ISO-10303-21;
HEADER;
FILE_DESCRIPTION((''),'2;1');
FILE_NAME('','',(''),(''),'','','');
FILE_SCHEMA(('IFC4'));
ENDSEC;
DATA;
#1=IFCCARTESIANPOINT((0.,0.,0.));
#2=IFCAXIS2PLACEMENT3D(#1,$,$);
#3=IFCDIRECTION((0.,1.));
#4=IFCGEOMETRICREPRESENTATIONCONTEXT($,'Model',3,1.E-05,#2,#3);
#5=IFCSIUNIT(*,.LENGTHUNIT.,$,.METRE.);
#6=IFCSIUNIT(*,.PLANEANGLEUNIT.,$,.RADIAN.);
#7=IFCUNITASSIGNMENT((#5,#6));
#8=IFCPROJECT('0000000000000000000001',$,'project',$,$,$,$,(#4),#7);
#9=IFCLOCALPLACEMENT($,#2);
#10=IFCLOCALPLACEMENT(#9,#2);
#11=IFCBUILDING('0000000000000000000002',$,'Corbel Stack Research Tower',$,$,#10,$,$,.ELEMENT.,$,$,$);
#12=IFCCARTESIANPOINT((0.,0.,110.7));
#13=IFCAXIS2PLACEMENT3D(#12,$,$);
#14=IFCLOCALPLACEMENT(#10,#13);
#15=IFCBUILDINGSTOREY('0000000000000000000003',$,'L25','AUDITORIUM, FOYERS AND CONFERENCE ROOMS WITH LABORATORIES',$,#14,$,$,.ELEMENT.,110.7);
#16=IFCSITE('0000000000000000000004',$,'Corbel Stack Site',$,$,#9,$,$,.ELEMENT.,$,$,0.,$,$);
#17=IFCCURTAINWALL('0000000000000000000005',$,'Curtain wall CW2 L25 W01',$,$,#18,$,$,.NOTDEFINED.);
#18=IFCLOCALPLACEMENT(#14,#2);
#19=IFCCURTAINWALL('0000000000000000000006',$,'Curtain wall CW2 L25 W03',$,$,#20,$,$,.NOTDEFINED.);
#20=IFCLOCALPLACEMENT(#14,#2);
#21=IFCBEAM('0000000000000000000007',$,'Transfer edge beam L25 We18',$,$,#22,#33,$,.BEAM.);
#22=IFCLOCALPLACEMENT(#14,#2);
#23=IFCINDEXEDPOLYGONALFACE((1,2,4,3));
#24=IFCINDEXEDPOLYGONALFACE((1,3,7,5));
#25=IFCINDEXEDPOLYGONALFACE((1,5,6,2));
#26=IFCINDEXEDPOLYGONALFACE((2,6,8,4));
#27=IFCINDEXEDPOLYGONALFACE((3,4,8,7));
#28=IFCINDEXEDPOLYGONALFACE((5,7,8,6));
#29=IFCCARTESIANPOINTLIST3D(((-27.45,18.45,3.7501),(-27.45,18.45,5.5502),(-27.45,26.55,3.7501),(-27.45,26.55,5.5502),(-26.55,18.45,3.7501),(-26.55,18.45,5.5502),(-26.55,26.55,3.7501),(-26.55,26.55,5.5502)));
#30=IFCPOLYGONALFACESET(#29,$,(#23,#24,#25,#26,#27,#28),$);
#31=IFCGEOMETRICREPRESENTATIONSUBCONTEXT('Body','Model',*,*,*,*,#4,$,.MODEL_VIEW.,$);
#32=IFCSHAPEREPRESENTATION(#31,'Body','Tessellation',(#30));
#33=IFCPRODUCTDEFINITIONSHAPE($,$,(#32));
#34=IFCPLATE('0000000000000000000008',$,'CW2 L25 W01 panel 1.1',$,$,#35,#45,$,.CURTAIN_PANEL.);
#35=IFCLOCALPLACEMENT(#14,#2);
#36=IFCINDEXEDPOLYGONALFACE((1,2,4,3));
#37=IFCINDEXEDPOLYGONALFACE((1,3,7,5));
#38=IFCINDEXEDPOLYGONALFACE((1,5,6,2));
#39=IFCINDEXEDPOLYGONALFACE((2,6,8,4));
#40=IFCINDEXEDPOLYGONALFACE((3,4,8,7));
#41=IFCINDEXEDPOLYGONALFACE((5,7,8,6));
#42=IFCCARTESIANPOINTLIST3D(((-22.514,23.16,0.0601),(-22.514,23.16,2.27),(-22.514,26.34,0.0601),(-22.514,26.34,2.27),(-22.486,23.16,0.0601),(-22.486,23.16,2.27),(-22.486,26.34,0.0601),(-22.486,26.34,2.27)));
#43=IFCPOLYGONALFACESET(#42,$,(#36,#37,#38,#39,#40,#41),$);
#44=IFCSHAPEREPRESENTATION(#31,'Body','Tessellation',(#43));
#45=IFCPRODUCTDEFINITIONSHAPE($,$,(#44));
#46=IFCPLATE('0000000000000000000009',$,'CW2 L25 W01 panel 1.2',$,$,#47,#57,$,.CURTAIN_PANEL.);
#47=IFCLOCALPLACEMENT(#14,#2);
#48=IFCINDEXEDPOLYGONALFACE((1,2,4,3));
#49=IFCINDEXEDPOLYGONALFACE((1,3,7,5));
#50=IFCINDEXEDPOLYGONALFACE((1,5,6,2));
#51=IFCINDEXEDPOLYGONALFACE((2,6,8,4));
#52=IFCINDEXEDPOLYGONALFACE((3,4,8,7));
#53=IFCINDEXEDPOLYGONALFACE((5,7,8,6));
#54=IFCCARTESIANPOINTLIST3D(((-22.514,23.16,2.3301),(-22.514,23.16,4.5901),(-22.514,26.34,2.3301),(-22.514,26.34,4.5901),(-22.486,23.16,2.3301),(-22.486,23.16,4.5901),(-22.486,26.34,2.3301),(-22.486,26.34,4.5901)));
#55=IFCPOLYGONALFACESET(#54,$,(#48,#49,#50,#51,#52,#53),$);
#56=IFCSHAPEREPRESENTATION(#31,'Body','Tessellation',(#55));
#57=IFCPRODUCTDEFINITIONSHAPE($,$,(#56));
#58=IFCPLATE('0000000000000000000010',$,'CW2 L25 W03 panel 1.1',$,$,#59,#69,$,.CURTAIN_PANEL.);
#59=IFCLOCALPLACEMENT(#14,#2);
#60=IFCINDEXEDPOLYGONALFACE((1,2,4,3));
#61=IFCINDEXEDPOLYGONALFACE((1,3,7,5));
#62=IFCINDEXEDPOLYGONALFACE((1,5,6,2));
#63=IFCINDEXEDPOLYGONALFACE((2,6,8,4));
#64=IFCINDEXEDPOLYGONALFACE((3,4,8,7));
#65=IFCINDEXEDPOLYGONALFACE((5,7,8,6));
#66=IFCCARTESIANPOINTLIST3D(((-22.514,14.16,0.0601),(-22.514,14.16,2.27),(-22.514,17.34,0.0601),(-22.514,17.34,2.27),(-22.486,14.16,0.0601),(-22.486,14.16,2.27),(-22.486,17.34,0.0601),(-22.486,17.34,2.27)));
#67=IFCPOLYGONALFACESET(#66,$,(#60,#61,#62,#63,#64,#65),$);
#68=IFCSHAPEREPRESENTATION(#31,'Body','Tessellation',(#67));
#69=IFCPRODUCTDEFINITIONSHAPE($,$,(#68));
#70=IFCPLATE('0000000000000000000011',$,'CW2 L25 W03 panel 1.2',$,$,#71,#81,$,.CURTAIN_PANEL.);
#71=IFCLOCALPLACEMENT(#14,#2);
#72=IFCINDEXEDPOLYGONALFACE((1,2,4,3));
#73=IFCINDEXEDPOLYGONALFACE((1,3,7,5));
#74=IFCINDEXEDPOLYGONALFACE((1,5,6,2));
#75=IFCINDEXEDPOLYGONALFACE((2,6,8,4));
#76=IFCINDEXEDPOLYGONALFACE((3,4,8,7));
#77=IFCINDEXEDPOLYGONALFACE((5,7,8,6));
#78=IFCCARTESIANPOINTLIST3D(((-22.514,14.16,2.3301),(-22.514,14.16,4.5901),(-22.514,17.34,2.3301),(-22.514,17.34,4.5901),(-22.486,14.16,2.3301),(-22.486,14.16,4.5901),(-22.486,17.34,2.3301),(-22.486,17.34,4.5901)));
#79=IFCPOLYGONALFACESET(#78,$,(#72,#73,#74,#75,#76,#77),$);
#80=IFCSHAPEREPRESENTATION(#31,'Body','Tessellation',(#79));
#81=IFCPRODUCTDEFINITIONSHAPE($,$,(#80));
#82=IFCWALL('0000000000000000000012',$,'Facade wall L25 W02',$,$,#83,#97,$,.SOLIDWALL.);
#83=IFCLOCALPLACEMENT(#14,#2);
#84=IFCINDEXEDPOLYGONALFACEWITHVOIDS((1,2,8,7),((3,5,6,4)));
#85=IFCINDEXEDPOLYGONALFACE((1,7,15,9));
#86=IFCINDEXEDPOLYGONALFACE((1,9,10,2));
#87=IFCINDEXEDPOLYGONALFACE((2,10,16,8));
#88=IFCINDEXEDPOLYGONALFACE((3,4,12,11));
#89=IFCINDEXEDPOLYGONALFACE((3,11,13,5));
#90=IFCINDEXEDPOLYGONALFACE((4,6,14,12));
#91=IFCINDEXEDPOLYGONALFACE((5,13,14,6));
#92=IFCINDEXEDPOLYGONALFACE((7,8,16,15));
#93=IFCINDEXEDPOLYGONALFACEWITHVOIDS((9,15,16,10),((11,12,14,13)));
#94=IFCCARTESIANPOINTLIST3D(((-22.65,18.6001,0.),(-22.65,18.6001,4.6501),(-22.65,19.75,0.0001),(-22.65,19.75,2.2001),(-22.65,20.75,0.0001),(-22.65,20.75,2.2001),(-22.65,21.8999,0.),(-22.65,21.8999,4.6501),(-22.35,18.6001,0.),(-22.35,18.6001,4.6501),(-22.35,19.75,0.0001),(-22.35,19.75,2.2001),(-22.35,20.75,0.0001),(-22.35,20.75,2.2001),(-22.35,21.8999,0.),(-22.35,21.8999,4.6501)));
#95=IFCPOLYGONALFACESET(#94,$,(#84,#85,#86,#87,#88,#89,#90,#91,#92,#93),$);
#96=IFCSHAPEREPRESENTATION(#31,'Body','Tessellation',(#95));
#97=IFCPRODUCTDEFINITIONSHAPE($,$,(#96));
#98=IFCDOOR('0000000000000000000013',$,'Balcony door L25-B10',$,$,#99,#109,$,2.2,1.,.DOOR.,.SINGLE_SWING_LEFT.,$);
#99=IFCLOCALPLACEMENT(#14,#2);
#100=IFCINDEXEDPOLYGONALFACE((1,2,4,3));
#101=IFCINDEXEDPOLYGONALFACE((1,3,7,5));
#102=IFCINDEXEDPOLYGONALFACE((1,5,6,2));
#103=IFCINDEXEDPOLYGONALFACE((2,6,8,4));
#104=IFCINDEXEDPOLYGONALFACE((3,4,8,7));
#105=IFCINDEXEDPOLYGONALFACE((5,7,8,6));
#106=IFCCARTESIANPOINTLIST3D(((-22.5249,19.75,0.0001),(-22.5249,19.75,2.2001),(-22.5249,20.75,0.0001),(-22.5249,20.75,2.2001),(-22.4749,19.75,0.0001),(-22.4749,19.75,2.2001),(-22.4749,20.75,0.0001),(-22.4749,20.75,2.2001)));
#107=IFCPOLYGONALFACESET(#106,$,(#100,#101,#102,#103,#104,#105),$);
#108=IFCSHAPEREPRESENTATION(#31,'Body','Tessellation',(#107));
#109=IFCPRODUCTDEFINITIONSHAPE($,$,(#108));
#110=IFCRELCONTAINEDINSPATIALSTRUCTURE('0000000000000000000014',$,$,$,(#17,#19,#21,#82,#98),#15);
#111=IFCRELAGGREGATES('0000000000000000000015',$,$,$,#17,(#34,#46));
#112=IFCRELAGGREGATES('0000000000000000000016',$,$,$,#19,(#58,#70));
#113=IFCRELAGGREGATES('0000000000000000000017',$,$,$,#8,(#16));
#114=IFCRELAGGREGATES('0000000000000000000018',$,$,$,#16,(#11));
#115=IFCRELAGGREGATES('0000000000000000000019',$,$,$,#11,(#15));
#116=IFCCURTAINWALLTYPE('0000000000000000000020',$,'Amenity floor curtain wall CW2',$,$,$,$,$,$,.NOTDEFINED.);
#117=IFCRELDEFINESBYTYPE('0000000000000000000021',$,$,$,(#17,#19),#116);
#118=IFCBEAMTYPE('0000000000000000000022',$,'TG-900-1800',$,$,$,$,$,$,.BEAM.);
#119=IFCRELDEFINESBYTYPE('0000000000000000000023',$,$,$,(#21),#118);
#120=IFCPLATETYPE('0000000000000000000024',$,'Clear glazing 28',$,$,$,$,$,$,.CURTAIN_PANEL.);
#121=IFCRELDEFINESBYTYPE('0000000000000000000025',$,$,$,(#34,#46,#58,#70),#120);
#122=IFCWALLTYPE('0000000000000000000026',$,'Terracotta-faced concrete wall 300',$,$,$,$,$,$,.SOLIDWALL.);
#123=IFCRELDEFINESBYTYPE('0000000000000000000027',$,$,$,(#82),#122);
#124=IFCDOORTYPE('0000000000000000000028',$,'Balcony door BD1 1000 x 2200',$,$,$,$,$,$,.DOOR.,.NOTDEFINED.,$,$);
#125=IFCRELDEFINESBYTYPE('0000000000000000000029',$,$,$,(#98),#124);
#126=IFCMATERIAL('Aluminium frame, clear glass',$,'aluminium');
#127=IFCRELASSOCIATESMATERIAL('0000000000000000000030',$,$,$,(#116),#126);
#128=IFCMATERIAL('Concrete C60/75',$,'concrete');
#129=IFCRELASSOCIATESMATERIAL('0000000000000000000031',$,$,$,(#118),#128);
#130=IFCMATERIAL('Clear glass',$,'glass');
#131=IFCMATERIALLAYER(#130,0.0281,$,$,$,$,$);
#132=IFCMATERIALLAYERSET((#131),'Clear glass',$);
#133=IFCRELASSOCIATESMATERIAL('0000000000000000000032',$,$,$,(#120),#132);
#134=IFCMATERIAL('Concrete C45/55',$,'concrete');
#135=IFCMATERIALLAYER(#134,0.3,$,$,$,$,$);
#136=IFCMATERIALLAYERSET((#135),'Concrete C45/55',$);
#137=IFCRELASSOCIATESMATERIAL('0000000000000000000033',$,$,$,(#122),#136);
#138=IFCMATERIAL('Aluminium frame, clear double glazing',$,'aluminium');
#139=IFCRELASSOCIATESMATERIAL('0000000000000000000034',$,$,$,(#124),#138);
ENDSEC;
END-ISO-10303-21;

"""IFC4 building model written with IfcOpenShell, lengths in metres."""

from ifc_helpers import new_model, si_unit, direction, frame, frame_2d, origin, origin_2d, place, context, subcontext, project, spatial, rectangle, extrude, material, layer, layer_set, material_profile, profile_set, type_object, element, fill, aggregate, save


model = new_model("IFC4")

# Units and contexts
model_context = context("Model", 3, precision=1e-05, world=origin(), true_north=direction((0.0, 1.0)))
body_context = subcontext(model_context, "Body", "Model", "MODEL_VIEW")
ifc_project = project(units=[si_unit("LENGTHUNIT", "METRE"), si_unit("PLANEANGLEUNIT", "RADIAN")], contexts=[model_context])

# Site, building, storey
site_placement = place(None, origin())
site = spatial("IfcSite", under=ifc_project, at=site_placement, Name="Corbel Stack Site", CompositionType="ELEMENT", RefElevation=0.0)
building_placement = place(site_placement, origin())
building = spatial("IfcBuilding", under=site, at=building_placement, Name="Corbel Stack Research Tower", CompositionType="ELEMENT")
storey_placement = place(building_placement, frame((0.0, 0.0, 110.7)))
storey = spatial("IfcBuildingStorey", under=building, at=storey_placement, Name="L25", Description="AUDITORIUM, FOYERS AND CONFERENCE ROOMS WITH LABORATORIES", CompositionType="ELEMENT", Elevation=110.7)

# Curtain wall
ifc_material_1 = material(Name="Aluminium frame, clear glass", Category="aluminium")
curtain_wall_type = type_object("IfcCurtainWallType", Name="Amenity floor curtain wall CW2", PredefinedType="NOTDEFINED", material=ifc_material_1)
curtain_wall_1_placement = place(storey_placement, origin())
curtain_wall_1 = element("IfcCurtainWall", 1, at=curtain_wall_1_placement, inside=storey, type_object=curtain_wall_type, Name="Curtain wall CW2 L25 W01", PredefinedType="NOTDEFINED")

# Curtain wall
curtain_wall_2_placement = place(storey_placement, origin())
curtain_wall_2 = element("IfcCurtainWall", 2, at=curtain_wall_2_placement, inside=storey, type_object=curtain_wall_type, Name="Curtain wall CW2 L25 W03", PredefinedType="NOTDEFINED")

# Beam
ifc_material_2 = material(Name="Concrete C60/75", Category="concrete")
ifc_material_profile_1 = material_profile(ifc_material_2, rectangle(XDim=0.8999, YDim=1.8, at=origin_2d()), Name="RC 900 x 1800")
ifc_profile_set_1 = profile_set([ifc_material_profile_1], Name="Concrete C60/75")
beam_type_1 = type_object("IfcBeamType", Name="TG-900-1800", PredefinedType="BEAM", material=ifc_profile_set_1)
beam_1_placement = place(storey_placement, frame((-27.0, 18.45, 4.6501), z_axis=(0.0, 1.0, 0.0), x_axis=(-1.0, 0.0, 0.0)))
element("IfcBeam", 3, at=beam_1_placement, inside=storey, type_object=beam_type_1, Name="Transfer edge beam L25 We18", PredefinedType="BEAM", context=body_context, shape_type="SweptSolid", body=[
    extrude(rectangle(XDim=0.8999, YDim=1.8, at=origin_2d()), origin(), (0.0, 0.0, 1.0), 8.1001),
])

# Plates
ifc_material_3 = material(Name="Clear glass", Category="glass")
ifc_layer_1 = layer(ifc_material_3, 0.0281)
ifc_layer_set_1 = layer_set([ifc_layer_1], Name="Clear glass")
plate_type = type_object("IfcPlateType", Name="Clear glazing 28", PredefinedType="CURTAIN_PANEL", material=ifc_layer_set_1)
plate_1_placement = place(storey_placement, frame((-22.5, 24.75, 0.0601), z_axis=(0.0, 0.0, 1.0), x_axis=(0.0, -1.0, 0.0)))
plate_1 = element("IfcPlate", 4, at=plate_1_placement, type_object=plate_type, Name="CW2 L25 W01 panel 1.1", PredefinedType="CURTAIN_PANEL", context=body_context, shape_type="SweptSolid", body=[
    extrude(rectangle(XDim=3.1799, YDim=0.0281, at=origin_2d()), origin(), (0.0, 0.0, 1.0), 2.21),
])
plate_2_placement = place(storey_placement, frame((-22.5, 24.75, 2.3301), z_axis=(0.0, 0.0, 1.0), x_axis=(0.0, -1.0, 0.0)))
plate_2 = element("IfcPlate", 5, at=plate_2_placement, type_object=plate_type, Name="CW2 L25 W01 panel 1.2", PredefinedType="CURTAIN_PANEL", context=body_context, shape_type="SweptSolid", body=[
    extrude(rectangle(XDim=3.1799, YDim=0.0281, at=origin_2d()), origin(), (0.0, 0.0, 1.0), 2.26),
])
aggregate(curtain_wall_1, [plate_1, plate_2])
plate_3_placement = place(storey_placement, frame((-22.5, 15.75, 0.0601), z_axis=(0.0, 0.0, 1.0), x_axis=(0.0, -1.0, 0.0)))
plate_3 = element("IfcPlate", 6, at=plate_3_placement, type_object=plate_type, Name="CW2 L25 W03 panel 1.1", PredefinedType="CURTAIN_PANEL", context=body_context, shape_type="SweptSolid", body=[
    extrude(rectangle(XDim=3.1799, YDim=0.0281, at=origin_2d()), origin(), (0.0, 0.0, 1.0), 2.21),
])
plate_4_placement = place(storey_placement, frame((-22.5, 15.75, 2.3301), z_axis=(0.0, 0.0, 1.0), x_axis=(0.0, -1.0, 0.0)))
plate_4 = element("IfcPlate", 7, at=plate_4_placement, type_object=plate_type, Name="CW2 L25 W03 panel 1.2", PredefinedType="CURTAIN_PANEL", context=body_context, shape_type="SweptSolid", body=[
    extrude(rectangle(XDim=3.1799, YDim=0.0281, at=origin_2d()), origin(), (0.0, 0.0, 1.0), 2.26),
])
aggregate(curtain_wall_2, [plate_3, plate_4])

# Wall, opening, door
ifc_material_4 = material(Name="Concrete C45/55", Category="concrete")
ifc_layer_2 = layer(ifc_material_4, 0.3)
ifc_layer_set_2 = layer_set([ifc_layer_2], Name="Concrete C45/55")
wall_type = type_object("IfcWallType", Name="Terracotta-faced concrete wall 300", PredefinedType="SOLIDWALL", material=ifc_layer_set_2)
wall_placement = place(storey_placement, frame((-22.5, 18.6001, 0.0), z_axis=(0.0, 0.0, 1.0), x_axis=(0.0, 1.0, 0.0)))
wall = element("IfcWall", 8, at=wall_placement, inside=storey, type_object=wall_type, Name="Facade wall L25 W02", PredefinedType="SOLIDWALL", context=body_context, shape_type="SweptSolid", body=[
    extrude(rectangle(XDim=3.2998, YDim=0.3, at=frame_2d((1.6499, 0.0))), origin(), (0.0, 0.0, 1.0), 4.6501),
])
opening_placement = place(wall_placement, frame((1.1499, 0.0, 0.0)))
opening = element("IfcOpeningElement", 9, at=opening_placement, cuts=wall, PredefinedType="OPENING", context=body_context, shape_type="SweptSolid", body=[
    extrude(rectangle(XDim=1.0, YDim=2.2, at=frame_2d((0.5, 1.1001))), frame((0.0, 0.1599, 0.0), z_axis=(0.0, -1.0, 0.0), x_axis=(1.0, 0.0, 0.0)), (0.0, 0.0, 1.0), 0.3201),
])
ifc_material_5 = material(Name="Aluminium frame, clear double glazing", Category="aluminium")
door_type = type_object("IfcDoorType", Name="Balcony door BD1 1000 x 2200", OperationType="NOTDEFINED", PredefinedType="DOOR", material=ifc_material_5)
door_placement = place(opening_placement, origin())
door = element("IfcDoor", 10, at=door_placement, inside=storey, type_object=door_type, Name="Balcony door L25-B10", OperationType="SINGLE_SWING_LEFT", OverallHeight=2.2, OverallWidth=1.0, PredefinedType="DOOR", context=body_context, shape_type="SweptSolid", body=[
    extrude(rectangle(XDim=1.0, YDim=2.2, at=frame_2d((0.5, 1.1001))), frame((0.0, 0.0249, 0.0), z_axis=(0.0, -1.0, 0.0), x_axis=(1.0, 0.0, 0.0)), (0.0, 0.0, 1.0), 0.05),
])
fill(opening, door)

save(model, "model.ifc")
